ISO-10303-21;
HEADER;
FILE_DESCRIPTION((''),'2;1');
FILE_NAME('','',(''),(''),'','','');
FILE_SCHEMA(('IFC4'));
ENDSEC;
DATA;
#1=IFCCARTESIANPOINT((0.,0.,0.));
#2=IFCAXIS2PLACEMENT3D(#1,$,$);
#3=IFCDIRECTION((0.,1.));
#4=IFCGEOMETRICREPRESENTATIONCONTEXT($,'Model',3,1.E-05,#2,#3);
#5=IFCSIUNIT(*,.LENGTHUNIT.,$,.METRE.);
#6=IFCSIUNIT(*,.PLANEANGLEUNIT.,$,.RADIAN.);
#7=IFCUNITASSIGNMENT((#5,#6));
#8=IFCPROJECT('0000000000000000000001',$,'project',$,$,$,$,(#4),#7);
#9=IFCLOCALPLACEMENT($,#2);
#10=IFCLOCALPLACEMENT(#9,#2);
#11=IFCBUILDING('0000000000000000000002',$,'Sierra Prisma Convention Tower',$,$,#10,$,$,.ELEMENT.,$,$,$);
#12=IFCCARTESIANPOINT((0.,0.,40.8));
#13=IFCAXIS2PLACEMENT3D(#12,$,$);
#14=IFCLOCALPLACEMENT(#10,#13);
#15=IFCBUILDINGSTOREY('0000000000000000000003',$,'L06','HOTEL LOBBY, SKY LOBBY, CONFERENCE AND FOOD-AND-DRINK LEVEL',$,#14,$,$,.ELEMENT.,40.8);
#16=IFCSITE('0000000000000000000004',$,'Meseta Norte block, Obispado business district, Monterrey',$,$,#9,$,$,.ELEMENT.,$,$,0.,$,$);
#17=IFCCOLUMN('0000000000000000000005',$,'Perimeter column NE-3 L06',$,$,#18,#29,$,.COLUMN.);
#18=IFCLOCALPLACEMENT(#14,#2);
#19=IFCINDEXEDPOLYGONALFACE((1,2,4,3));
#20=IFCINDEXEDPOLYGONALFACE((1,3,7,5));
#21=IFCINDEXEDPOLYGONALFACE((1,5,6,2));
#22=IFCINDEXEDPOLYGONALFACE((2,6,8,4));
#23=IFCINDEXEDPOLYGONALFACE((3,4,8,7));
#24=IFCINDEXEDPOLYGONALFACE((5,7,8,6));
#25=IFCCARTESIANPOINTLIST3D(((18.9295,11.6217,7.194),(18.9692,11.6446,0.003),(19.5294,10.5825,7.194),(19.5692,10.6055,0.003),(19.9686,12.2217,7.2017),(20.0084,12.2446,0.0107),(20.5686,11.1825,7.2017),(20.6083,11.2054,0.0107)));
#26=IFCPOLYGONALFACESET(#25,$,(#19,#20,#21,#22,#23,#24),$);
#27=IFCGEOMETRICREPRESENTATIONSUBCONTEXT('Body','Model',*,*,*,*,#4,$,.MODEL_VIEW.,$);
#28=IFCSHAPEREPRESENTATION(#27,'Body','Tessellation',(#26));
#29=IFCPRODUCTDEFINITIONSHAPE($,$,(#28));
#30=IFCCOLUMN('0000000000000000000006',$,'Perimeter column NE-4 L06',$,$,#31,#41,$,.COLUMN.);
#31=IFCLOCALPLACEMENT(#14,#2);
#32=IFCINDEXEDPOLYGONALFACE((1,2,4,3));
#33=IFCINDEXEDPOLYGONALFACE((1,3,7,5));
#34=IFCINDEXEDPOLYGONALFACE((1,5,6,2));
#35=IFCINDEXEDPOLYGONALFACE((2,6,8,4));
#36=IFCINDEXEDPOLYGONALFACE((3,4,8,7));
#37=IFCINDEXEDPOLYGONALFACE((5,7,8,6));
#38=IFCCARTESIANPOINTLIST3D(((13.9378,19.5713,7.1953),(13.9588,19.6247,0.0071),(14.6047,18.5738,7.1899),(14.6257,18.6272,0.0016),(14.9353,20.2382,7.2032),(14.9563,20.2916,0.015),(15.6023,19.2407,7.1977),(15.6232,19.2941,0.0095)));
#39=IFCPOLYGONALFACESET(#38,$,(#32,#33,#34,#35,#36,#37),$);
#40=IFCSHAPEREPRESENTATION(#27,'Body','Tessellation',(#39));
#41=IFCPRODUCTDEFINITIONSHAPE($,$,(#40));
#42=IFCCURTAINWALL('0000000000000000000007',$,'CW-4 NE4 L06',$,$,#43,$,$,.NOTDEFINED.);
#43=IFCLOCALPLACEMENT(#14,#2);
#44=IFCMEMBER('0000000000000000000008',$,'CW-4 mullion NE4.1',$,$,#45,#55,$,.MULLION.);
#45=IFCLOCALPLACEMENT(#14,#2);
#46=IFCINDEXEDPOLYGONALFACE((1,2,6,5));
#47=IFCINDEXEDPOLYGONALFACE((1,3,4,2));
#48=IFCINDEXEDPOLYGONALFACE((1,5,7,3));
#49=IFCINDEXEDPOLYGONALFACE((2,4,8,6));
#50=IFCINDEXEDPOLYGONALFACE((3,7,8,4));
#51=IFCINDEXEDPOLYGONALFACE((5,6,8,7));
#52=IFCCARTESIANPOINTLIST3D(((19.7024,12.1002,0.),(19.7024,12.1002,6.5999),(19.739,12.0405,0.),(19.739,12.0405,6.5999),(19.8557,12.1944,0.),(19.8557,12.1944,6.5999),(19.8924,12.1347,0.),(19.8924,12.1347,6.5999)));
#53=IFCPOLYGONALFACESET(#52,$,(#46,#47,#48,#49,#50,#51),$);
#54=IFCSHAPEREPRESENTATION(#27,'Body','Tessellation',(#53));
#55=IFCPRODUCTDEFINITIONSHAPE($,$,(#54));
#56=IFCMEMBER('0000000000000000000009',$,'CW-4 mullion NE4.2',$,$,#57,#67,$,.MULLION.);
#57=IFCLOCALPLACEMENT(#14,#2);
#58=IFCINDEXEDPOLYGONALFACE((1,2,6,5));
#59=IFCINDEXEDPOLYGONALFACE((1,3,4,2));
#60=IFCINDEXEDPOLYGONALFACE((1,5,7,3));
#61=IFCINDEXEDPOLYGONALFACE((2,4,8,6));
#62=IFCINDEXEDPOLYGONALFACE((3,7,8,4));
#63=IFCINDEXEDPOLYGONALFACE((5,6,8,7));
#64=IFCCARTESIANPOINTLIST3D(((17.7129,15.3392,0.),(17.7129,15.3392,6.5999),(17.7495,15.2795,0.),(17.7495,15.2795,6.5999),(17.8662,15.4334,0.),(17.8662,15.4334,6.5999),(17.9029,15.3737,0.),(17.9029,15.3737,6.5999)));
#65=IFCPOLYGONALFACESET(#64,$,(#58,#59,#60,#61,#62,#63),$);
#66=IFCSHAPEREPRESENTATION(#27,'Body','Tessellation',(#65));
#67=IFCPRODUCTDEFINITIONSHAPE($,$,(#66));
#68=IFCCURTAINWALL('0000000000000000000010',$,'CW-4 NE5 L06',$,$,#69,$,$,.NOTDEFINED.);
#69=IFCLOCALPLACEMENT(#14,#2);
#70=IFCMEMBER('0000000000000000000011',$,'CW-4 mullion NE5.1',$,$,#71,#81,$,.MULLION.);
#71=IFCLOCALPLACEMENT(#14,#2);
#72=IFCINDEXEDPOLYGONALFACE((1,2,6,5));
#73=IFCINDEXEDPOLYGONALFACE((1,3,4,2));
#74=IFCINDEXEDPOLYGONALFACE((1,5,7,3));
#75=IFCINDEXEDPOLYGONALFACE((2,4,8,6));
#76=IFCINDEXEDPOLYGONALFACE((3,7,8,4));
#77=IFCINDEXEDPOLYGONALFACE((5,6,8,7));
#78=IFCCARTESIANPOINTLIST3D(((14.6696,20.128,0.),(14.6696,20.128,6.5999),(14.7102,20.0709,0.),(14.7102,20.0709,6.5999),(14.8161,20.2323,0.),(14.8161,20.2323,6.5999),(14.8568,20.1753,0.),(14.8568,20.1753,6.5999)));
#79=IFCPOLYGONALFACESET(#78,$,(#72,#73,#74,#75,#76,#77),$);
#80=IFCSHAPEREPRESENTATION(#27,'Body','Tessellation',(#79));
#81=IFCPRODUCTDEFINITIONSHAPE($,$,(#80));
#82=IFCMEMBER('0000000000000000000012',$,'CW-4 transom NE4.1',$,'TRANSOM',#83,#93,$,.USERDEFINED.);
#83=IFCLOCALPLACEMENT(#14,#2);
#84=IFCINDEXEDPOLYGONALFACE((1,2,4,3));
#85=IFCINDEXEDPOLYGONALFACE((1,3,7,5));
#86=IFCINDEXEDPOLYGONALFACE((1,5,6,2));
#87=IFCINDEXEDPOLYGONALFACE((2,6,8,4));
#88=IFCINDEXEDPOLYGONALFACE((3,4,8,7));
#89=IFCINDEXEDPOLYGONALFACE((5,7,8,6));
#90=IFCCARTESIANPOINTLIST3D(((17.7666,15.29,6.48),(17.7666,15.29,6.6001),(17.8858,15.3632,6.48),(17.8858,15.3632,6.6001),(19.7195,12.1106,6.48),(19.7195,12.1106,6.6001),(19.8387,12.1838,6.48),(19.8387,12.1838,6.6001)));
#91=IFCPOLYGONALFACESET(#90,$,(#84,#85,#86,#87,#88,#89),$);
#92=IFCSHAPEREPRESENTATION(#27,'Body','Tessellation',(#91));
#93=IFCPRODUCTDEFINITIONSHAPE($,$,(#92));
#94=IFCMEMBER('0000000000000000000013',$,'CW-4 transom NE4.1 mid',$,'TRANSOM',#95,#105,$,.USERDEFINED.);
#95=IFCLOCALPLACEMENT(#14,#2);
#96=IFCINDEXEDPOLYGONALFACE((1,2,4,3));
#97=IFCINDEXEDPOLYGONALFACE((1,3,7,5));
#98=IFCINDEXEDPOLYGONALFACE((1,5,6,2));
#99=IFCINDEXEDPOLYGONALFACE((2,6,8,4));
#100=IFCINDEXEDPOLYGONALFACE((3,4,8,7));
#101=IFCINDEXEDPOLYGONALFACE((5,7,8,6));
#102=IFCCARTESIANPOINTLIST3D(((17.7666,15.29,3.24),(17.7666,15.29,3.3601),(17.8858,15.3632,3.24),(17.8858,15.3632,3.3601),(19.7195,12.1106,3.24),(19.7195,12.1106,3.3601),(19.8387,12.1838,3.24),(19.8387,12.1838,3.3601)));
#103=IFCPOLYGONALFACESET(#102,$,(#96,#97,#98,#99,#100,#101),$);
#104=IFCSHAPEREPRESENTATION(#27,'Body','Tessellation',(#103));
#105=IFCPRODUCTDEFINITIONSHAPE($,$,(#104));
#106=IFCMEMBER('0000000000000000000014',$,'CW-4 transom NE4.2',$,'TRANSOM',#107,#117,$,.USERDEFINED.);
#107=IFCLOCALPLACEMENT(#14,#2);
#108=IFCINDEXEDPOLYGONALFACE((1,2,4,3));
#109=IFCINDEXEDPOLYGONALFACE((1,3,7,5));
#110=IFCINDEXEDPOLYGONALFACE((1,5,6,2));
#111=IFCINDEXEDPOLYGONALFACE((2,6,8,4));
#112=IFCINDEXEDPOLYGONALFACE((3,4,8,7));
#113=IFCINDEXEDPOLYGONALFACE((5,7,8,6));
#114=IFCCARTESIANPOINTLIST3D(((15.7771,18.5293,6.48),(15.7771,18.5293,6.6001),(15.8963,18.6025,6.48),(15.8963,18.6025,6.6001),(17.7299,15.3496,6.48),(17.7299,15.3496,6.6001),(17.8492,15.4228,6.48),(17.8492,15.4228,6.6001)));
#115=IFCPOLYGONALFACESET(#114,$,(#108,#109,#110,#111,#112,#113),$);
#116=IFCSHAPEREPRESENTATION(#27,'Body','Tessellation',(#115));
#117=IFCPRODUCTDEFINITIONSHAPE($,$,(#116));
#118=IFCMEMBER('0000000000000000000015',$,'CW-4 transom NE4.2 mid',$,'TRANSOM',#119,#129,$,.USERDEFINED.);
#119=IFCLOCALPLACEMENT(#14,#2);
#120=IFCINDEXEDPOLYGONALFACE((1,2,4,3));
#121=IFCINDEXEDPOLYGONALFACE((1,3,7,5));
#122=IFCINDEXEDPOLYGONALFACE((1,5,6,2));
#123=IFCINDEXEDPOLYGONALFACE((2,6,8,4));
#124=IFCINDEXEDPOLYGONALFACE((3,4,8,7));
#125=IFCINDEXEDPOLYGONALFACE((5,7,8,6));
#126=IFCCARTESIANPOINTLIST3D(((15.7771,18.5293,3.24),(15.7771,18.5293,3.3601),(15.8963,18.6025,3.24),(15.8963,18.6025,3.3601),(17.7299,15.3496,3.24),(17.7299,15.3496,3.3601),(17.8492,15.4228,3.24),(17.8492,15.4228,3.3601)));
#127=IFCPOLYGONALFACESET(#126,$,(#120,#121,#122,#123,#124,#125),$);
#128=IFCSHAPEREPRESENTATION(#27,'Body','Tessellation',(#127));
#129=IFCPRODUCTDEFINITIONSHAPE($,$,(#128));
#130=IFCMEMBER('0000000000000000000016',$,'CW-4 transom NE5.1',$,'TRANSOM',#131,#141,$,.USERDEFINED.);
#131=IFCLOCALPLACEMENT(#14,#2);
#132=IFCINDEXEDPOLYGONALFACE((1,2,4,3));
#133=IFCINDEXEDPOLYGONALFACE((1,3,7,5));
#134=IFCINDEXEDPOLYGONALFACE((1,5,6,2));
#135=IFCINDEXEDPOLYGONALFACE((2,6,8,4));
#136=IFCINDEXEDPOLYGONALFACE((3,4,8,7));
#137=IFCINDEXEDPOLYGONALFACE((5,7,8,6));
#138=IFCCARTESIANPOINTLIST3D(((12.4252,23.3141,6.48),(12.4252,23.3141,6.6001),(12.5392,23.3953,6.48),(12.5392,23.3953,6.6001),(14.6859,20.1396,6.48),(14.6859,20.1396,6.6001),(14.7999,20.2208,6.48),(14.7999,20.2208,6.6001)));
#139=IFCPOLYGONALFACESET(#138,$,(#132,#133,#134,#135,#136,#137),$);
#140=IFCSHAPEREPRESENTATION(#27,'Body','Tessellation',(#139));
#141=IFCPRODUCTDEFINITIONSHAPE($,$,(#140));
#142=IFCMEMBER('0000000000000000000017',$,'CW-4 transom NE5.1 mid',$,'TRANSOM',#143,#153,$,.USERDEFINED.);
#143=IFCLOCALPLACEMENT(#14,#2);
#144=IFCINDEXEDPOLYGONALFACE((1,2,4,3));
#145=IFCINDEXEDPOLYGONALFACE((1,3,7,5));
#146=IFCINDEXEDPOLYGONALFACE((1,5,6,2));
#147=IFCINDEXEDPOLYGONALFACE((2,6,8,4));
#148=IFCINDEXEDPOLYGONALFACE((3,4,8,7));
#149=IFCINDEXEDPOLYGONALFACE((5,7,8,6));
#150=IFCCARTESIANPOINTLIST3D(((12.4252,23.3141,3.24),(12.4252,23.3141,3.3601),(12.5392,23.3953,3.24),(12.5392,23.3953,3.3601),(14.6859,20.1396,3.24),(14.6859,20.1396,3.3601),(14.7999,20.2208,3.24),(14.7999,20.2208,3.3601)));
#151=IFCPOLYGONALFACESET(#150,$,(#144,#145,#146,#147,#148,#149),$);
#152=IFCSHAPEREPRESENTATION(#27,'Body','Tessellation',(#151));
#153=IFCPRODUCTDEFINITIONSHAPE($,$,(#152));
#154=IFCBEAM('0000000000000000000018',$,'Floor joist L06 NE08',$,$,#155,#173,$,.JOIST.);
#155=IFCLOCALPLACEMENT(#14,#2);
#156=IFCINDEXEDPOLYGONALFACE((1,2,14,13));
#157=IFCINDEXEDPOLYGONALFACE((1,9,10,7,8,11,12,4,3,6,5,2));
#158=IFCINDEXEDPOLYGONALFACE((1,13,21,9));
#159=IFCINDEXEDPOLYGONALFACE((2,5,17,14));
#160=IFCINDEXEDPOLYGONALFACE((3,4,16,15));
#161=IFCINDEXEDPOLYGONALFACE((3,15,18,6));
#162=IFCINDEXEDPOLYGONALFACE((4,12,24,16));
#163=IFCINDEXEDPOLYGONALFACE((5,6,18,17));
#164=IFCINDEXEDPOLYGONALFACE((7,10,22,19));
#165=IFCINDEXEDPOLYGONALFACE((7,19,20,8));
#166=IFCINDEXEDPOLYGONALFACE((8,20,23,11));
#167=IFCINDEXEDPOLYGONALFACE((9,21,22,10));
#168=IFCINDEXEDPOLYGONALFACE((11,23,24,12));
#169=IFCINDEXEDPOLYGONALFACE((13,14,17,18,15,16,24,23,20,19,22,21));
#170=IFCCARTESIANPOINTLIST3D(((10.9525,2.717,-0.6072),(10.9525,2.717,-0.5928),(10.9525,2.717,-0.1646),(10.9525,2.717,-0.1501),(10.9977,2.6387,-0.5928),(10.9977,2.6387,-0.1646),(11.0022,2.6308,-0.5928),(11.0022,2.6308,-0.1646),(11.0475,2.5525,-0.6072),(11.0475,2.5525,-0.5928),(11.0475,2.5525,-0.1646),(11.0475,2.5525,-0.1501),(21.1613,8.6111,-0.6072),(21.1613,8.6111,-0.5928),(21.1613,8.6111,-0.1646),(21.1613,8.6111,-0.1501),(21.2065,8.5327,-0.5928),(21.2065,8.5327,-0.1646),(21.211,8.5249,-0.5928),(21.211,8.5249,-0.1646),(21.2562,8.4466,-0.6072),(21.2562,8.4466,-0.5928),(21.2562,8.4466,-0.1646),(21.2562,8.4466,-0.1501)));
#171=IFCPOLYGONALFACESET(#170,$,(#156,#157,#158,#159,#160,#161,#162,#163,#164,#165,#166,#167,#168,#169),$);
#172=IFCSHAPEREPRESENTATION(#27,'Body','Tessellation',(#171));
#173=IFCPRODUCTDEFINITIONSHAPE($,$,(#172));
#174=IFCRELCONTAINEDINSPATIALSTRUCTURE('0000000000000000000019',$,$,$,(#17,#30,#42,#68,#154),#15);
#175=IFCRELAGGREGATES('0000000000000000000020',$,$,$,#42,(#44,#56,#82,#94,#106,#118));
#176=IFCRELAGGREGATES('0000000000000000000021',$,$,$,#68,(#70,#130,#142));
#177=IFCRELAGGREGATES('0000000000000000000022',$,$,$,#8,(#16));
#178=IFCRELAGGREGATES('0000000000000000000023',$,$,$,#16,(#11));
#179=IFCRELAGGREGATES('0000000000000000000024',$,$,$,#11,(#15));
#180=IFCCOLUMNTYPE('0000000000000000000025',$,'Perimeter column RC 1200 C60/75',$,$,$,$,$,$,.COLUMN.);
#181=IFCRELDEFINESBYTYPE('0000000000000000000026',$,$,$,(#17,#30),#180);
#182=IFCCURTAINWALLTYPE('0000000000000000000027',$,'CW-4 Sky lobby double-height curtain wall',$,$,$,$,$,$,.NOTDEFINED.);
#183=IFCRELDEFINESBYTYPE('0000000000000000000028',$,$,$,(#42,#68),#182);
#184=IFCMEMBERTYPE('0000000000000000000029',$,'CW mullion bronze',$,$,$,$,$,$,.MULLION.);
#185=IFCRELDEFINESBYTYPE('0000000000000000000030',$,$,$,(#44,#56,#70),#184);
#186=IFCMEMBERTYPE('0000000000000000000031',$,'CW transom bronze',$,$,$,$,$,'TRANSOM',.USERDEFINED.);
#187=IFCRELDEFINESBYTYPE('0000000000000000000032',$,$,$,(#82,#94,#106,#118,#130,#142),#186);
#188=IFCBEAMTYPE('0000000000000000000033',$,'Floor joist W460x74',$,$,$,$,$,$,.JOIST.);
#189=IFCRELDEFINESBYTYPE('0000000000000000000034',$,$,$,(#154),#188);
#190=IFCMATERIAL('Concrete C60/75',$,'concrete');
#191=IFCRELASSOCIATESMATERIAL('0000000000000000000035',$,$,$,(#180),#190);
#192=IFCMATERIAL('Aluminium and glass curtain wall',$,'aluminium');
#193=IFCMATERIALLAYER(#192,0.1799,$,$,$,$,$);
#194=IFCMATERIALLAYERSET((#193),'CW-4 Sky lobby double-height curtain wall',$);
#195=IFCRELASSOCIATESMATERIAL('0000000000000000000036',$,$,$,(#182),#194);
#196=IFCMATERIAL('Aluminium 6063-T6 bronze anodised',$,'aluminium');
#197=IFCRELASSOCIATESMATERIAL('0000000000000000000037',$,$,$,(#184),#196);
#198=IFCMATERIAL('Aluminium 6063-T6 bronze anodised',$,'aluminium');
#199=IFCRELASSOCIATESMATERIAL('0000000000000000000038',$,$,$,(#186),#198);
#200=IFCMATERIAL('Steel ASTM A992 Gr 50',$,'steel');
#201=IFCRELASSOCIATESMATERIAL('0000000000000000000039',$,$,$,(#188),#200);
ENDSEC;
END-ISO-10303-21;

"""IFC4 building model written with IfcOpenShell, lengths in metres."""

from ifc_helpers import new_model, si_unit, direction, frame, origin, origin_2d, place, context, subcontext, project, spatial, rectangle, i_section, extrude, clip, halfspace, material, layer, layer_set, material_profile, profile_set, type_object, element, aggregate, save


model = new_model("IFC4")

# Units and contexts
model_context = context("Model", 3, precision=1e-05, world=origin(), true_north=direction((0.0, 1.0)))
body_context = subcontext(model_context, "Body", "Model", "MODEL_VIEW")
ifc_project = project(units=[si_unit("LENGTHUNIT", "METRE"), si_unit("PLANEANGLEUNIT", "RADIAN")], contexts=[model_context])

# Site, building, storey
site_placement = place(None, origin())
site = spatial("IfcSite", under=ifc_project, at=site_placement, Name="Meseta Norte block, Obispado business district, Monterrey", CompositionType="ELEMENT", RefElevation=0.0)
building_placement = place(site_placement, origin())
building = spatial("IfcBuilding", under=site, at=building_placement, Name="Sierra Prisma Convention Tower", CompositionType="ELEMENT")
storey_placement = place(building_placement, frame((0.0, 0.0, 40.8)))
storey = spatial("IfcBuildingStorey", under=building, at=storey_placement, Name="L06", Description="HOTEL LOBBY, SKY LOBBY, CONFERENCE AND FOOD-AND-DRINK LEVEL", CompositionType="ELEMENT", Elevation=40.8)

# Columns
ifc_material_1 = material(Name="Concrete C60/75", Category="concrete")
ifc_material_profile_1 = material_profile(ifc_material_1, rectangle(XDim=1.2, YDim=1.2, at=origin_2d()), Name="Perimeter column RC 1200 C60/75")
ifc_profile_set_1 = profile_set([ifc_material_profile_1], Name="Concrete C60/75")
column_type = type_object("IfcColumnType", Name="Perimeter column RC 1200 C60/75", PredefinedType="COLUMN", material=ifc_profile_set_1)
column_1_placement = place(storey_placement, frame((19.7888, 11.425, 0.0), z_axis=(-0.005527, -0.003187, 0.99998), x_axis=(-0.499992, 0.86603, -0.000003)))
element("IfcColumn", 1, at=column_1_placement, inside=storey, type_object=column_type, Name="Perimeter column NE-3 L06", PredefinedType="COLUMN", context=body_context, shape_type="SweptSolid", body=[
    clip(clip(extrude(rectangle(XDim=1.2, YDim=1.2, at=origin_2d()), origin(), (0.0, 0.0, 1.0), 7.2002), halfspace(frame((0.0, 0.0, 0.0068)), True)), halfspace(frame((0.0, 0.0, 7.198)), False)),
])
column_2_placement = place(storey_placement, frame((14.791, 19.4595, 0.0), z_axis=(-0.002916, -0.007426, 0.999968), x_axis=(-0.555815, 0.831294, 0.004552)))
element("IfcColumn", 2, at=column_2_placement, inside=storey, type_object=column_type, Name="Perimeter column NE-4 L06", PredefinedType="COLUMN", context=body_context, shape_type="SweptSolid", body=[
    clip(clip(extrude(rectangle(XDim=1.2, YDim=1.2, at=origin_2d()), origin(), (0.0, 0.0, 1.0), 7.2002), halfspace(frame((0.0, 0.0, 0.0083)), True)), halfspace(frame((0.0, 0.0, 7.1968)), False)),
])

# Curtain wall, members
ifc_material_2 = material(Name="Aluminium and glass curtain wall", Category="aluminium")
ifc_layer_1 = layer(ifc_material_2, 0.1799)
ifc_layer_set_1 = layer_set([ifc_layer_1], Name="CW-4 Sky lobby double-height curtain wall")
curtain_wall_type = type_object("IfcCurtainWallType", Name="CW-4 Sky lobby double-height curtain wall", PredefinedType="NOTDEFINED", material=ifc_layer_set_1)
curtain_wall_1_placement = place(storey_placement, origin())
curtain_wall_1 = element("IfcCurtainWall", 3, at=curtain_wall_1_placement, inside=storey, type_object=curtain_wall_type, Name="CW-4 NE4 L06", PredefinedType="NOTDEFINED")
ifc_material_3 = material(Name="Aluminium 6063-T6 bronze anodised", Category="aluminium")
ifc_material_profile_2 = material_profile(ifc_material_3, rectangle(XDim=0.1799, YDim=0.0701, at=origin_2d()), Name="ALU MULLION 70x180")
ifc_profile_set_2 = profile_set([ifc_material_profile_2], Name="Aluminium 6063-T6 bronze anodised")
member_type_1 = type_object("IfcMemberType", Name="CW mullion bronze", PredefinedType="MULLION", material=ifc_profile_set_2)
member_1_placement = place(storey_placement, frame((19.7974, 12.1174, 0.0), z_axis=(0.0, 0.0, 1.0), x_axis=(-0.852105, -0.523371, 0.0)))
member_1 = element("IfcMember", 4, at=member_1_placement, type_object=member_type_1, Name="CW-4 mullion NE4.1", PredefinedType="MULLION", context=body_context, shape_type="SweptSolid", body=[
    extrude(rectangle(XDim=0.1799, YDim=0.0701, at=origin_2d()), origin(), (0.0, 0.0, 1.0), 6.5999),
])
member_2_placement = place(storey_placement, frame((17.8079, 15.3564, 0.0), z_axis=(0.0, 0.0, 1.0), x_axis=(-0.852105, -0.523371, 0.0)))
member_2 = element("IfcMember", 5, at=member_2_placement, type_object=member_type_1, Name="CW-4 mullion NE4.2", PredefinedType="MULLION", context=body_context, shape_type="SweptSolid", body=[
    extrude(rectangle(XDim=0.1799, YDim=0.0701, at=origin_2d()), origin(), (0.0, 0.0, 1.0), 6.5999),
])

# Curtain wall, member
curtain_wall_2_placement = place(storey_placement, origin())
curtain_wall_2 = element("IfcCurtainWall", 6, at=curtain_wall_2_placement, inside=storey, type_object=curtain_wall_type, Name="CW-4 NE5 L06", PredefinedType="NOTDEFINED")
member_3_placement = place(storey_placement, frame((14.7632, 20.1516, 0.0), z_axis=(0.0, 0.0, 1.0), x_axis=(-0.814566, -0.580072, 0.0)))
member_3 = element("IfcMember", 7, at=member_3_placement, type_object=member_type_1, Name="CW-4 mullion NE5.1", PredefinedType="MULLION", context=body_context, shape_type="SweptSolid", body=[
    extrude(rectangle(XDim=0.1799, YDim=0.0701, at=origin_2d()), origin(), (0.0, 0.0, 1.0), 6.5999),
])

# Members
ifc_material_4 = material(Name="Aluminium 6063-T6 bronze anodised", Category="aluminium")
ifc_material_profile_3 = material_profile(ifc_material_4, rectangle(XDim=0.1399, YDim=0.1201, at=origin_2d()), Name="ALU TRANSOM 120x140")
ifc_profile_set_3 = profile_set([ifc_material_profile_3], Name="Aluminium 6063-T6 bronze anodised")
member_type_2 = type_object("IfcMemberType", Name="CW transom bronze", ElementType="TRANSOM", PredefinedType="USERDEFINED", material=ifc_profile_set_3)
member_4_placement = place(storey_placement, frame((19.7791, 12.1472, 6.54), z_axis=(-0.523378, 0.852101, 0.0), x_axis=(-0.852101, -0.523378, 0.0)))
member_4 = element("IfcMember", 8, at=member_4_placement, type_object=member_type_2, Name="CW-4 transom NE4.1", ObjectType="TRANSOM", PredefinedType="USERDEFINED", context=body_context, shape_type="SweptSolid", body=[
    extrude(rectangle(XDim=0.1399, YDim=0.1201, at=origin_2d()), origin(), (0.0, 0.0, 1.0), 3.7312),
])
member_5_placement = place(storey_placement, frame((19.7791, 12.1472, 3.3), z_axis=(-0.523378, 0.852101, 0.0), x_axis=(-0.852101, -0.523378, 0.0)))
member_5 = element("IfcMember", 9, at=member_5_placement, type_object=member_type_2, Name="CW-4 transom NE4.1 mid", ObjectType="TRANSOM", PredefinedType="USERDEFINED", context=body_context, shape_type="SweptSolid", body=[
    extrude(rectangle(XDim=0.1399, YDim=0.1201, at=origin_2d()), origin(), (0.0, 0.0, 1.0), 3.7312),
])
member_6_placement = place(storey_placement, frame((17.7896, 15.3862, 6.54), z_axis=(-0.523349, 0.852119, 0.0), x_axis=(-0.852119, -0.523349, 0.0)))
member_6 = element("IfcMember", 10, at=member_6_placement, type_object=member_type_2, Name="CW-4 transom NE4.2", ObjectType="TRANSOM", PredefinedType="USERDEFINED", context=body_context, shape_type="SweptSolid", body=[
    extrude(rectangle(XDim=0.1399, YDim=0.1201, at=origin_2d()), origin(), (0.0, 0.0, 1.0), 3.7314),
])
member_7_placement = place(storey_placement, frame((17.7896, 15.3862, 3.3), z_axis=(-0.523349, 0.852119, 0.0), x_axis=(-0.852119, -0.523349, 0.0)))
member_7 = element("IfcMember", 11, at=member_7_placement, type_object=member_type_2, Name="CW-4 transom NE4.2 mid", ObjectType="TRANSOM", PredefinedType="USERDEFINED", context=body_context, shape_type="SweptSolid", body=[
    extrude(rectangle(XDim=0.1399, YDim=0.1201, at=origin_2d()), origin(), (0.0, 0.0, 1.0), 3.7314),
])
member_8_placement = place(storey_placement, frame((14.7429, 20.1802, 6.54), z_axis=(-0.580082, 0.814558, 0.0), x_axis=(-0.814558, -0.580082, 0.0)))
member_8 = element("IfcMember", 12, at=member_8_placement, type_object=member_type_2, Name="CW-4 transom NE5.1", ObjectType="TRANSOM", PredefinedType="USERDEFINED", context=body_context, shape_type="SweptSolid", body=[
    extrude(rectangle(XDim=0.1399, YDim=0.1201, at=origin_2d()), origin(), (0.0, 0.0, 1.0), 3.8972),
])
member_9_placement = place(storey_placement, frame((14.7429, 20.1802, 3.3), z_axis=(-0.580082, 0.814558, 0.0), x_axis=(-0.814558, -0.580082, 0.0)))
member_9 = element("IfcMember", 13, at=member_9_placement, type_object=member_type_2, Name="CW-4 transom NE5.1 mid", ObjectType="TRANSOM", PredefinedType="USERDEFINED", context=body_context, shape_type="SweptSolid", body=[
    extrude(rectangle(XDim=0.1399, YDim=0.1201, at=origin_2d()), origin(), (0.0, 0.0, 1.0), 3.8972),
])

# Beam
ifc_material_5 = material(Name="Steel ASTM A992 Gr 50", Category="steel")
ifc_material_profile_4 = material_profile(ifc_material_5, i_section(OverallWidth=0.1899, OverallDepth=0.457, WebThickness=0.009, FlangeThickness=0.0144, at=origin_2d()), Name="W460x74")
ifc_profile_set_4 = profile_set([ifc_material_profile_4], Name="Steel ASTM A992 Gr 50")
beam_type_1 = type_object("IfcBeamType", Name="Floor joist W460x74", PredefinedType="JOIST", material=ifc_profile_set_4)
beam_1_placement = place(storey_placement, frame((21.2087, 8.5288, -0.3787), z_axis=(-0.866025, -0.500002, 0.0), x_axis=(0.500002, -0.866025, 0.0)))
element("IfcBeam", 14, at=beam_1_placement, inside=storey, type_object=beam_type_1, Name="Floor joist L06 NE08", PredefinedType="JOIST", context=body_context, shape_type="SweptSolid", body=[
    extrude(i_section(OverallWidth=0.1899, OverallDepth=0.457, WebThickness=0.009, FlangeThickness=0.0144, at=origin_2d()), origin(), (0.0, 0.0, 1.0), 11.7881),
])

aggregate(curtain_wall_1, [member_1, member_2, member_4, member_5, member_6, member_7])
aggregate(curtain_wall_2, [member_3, member_8, member_9])

save(model, "model.ifc")
